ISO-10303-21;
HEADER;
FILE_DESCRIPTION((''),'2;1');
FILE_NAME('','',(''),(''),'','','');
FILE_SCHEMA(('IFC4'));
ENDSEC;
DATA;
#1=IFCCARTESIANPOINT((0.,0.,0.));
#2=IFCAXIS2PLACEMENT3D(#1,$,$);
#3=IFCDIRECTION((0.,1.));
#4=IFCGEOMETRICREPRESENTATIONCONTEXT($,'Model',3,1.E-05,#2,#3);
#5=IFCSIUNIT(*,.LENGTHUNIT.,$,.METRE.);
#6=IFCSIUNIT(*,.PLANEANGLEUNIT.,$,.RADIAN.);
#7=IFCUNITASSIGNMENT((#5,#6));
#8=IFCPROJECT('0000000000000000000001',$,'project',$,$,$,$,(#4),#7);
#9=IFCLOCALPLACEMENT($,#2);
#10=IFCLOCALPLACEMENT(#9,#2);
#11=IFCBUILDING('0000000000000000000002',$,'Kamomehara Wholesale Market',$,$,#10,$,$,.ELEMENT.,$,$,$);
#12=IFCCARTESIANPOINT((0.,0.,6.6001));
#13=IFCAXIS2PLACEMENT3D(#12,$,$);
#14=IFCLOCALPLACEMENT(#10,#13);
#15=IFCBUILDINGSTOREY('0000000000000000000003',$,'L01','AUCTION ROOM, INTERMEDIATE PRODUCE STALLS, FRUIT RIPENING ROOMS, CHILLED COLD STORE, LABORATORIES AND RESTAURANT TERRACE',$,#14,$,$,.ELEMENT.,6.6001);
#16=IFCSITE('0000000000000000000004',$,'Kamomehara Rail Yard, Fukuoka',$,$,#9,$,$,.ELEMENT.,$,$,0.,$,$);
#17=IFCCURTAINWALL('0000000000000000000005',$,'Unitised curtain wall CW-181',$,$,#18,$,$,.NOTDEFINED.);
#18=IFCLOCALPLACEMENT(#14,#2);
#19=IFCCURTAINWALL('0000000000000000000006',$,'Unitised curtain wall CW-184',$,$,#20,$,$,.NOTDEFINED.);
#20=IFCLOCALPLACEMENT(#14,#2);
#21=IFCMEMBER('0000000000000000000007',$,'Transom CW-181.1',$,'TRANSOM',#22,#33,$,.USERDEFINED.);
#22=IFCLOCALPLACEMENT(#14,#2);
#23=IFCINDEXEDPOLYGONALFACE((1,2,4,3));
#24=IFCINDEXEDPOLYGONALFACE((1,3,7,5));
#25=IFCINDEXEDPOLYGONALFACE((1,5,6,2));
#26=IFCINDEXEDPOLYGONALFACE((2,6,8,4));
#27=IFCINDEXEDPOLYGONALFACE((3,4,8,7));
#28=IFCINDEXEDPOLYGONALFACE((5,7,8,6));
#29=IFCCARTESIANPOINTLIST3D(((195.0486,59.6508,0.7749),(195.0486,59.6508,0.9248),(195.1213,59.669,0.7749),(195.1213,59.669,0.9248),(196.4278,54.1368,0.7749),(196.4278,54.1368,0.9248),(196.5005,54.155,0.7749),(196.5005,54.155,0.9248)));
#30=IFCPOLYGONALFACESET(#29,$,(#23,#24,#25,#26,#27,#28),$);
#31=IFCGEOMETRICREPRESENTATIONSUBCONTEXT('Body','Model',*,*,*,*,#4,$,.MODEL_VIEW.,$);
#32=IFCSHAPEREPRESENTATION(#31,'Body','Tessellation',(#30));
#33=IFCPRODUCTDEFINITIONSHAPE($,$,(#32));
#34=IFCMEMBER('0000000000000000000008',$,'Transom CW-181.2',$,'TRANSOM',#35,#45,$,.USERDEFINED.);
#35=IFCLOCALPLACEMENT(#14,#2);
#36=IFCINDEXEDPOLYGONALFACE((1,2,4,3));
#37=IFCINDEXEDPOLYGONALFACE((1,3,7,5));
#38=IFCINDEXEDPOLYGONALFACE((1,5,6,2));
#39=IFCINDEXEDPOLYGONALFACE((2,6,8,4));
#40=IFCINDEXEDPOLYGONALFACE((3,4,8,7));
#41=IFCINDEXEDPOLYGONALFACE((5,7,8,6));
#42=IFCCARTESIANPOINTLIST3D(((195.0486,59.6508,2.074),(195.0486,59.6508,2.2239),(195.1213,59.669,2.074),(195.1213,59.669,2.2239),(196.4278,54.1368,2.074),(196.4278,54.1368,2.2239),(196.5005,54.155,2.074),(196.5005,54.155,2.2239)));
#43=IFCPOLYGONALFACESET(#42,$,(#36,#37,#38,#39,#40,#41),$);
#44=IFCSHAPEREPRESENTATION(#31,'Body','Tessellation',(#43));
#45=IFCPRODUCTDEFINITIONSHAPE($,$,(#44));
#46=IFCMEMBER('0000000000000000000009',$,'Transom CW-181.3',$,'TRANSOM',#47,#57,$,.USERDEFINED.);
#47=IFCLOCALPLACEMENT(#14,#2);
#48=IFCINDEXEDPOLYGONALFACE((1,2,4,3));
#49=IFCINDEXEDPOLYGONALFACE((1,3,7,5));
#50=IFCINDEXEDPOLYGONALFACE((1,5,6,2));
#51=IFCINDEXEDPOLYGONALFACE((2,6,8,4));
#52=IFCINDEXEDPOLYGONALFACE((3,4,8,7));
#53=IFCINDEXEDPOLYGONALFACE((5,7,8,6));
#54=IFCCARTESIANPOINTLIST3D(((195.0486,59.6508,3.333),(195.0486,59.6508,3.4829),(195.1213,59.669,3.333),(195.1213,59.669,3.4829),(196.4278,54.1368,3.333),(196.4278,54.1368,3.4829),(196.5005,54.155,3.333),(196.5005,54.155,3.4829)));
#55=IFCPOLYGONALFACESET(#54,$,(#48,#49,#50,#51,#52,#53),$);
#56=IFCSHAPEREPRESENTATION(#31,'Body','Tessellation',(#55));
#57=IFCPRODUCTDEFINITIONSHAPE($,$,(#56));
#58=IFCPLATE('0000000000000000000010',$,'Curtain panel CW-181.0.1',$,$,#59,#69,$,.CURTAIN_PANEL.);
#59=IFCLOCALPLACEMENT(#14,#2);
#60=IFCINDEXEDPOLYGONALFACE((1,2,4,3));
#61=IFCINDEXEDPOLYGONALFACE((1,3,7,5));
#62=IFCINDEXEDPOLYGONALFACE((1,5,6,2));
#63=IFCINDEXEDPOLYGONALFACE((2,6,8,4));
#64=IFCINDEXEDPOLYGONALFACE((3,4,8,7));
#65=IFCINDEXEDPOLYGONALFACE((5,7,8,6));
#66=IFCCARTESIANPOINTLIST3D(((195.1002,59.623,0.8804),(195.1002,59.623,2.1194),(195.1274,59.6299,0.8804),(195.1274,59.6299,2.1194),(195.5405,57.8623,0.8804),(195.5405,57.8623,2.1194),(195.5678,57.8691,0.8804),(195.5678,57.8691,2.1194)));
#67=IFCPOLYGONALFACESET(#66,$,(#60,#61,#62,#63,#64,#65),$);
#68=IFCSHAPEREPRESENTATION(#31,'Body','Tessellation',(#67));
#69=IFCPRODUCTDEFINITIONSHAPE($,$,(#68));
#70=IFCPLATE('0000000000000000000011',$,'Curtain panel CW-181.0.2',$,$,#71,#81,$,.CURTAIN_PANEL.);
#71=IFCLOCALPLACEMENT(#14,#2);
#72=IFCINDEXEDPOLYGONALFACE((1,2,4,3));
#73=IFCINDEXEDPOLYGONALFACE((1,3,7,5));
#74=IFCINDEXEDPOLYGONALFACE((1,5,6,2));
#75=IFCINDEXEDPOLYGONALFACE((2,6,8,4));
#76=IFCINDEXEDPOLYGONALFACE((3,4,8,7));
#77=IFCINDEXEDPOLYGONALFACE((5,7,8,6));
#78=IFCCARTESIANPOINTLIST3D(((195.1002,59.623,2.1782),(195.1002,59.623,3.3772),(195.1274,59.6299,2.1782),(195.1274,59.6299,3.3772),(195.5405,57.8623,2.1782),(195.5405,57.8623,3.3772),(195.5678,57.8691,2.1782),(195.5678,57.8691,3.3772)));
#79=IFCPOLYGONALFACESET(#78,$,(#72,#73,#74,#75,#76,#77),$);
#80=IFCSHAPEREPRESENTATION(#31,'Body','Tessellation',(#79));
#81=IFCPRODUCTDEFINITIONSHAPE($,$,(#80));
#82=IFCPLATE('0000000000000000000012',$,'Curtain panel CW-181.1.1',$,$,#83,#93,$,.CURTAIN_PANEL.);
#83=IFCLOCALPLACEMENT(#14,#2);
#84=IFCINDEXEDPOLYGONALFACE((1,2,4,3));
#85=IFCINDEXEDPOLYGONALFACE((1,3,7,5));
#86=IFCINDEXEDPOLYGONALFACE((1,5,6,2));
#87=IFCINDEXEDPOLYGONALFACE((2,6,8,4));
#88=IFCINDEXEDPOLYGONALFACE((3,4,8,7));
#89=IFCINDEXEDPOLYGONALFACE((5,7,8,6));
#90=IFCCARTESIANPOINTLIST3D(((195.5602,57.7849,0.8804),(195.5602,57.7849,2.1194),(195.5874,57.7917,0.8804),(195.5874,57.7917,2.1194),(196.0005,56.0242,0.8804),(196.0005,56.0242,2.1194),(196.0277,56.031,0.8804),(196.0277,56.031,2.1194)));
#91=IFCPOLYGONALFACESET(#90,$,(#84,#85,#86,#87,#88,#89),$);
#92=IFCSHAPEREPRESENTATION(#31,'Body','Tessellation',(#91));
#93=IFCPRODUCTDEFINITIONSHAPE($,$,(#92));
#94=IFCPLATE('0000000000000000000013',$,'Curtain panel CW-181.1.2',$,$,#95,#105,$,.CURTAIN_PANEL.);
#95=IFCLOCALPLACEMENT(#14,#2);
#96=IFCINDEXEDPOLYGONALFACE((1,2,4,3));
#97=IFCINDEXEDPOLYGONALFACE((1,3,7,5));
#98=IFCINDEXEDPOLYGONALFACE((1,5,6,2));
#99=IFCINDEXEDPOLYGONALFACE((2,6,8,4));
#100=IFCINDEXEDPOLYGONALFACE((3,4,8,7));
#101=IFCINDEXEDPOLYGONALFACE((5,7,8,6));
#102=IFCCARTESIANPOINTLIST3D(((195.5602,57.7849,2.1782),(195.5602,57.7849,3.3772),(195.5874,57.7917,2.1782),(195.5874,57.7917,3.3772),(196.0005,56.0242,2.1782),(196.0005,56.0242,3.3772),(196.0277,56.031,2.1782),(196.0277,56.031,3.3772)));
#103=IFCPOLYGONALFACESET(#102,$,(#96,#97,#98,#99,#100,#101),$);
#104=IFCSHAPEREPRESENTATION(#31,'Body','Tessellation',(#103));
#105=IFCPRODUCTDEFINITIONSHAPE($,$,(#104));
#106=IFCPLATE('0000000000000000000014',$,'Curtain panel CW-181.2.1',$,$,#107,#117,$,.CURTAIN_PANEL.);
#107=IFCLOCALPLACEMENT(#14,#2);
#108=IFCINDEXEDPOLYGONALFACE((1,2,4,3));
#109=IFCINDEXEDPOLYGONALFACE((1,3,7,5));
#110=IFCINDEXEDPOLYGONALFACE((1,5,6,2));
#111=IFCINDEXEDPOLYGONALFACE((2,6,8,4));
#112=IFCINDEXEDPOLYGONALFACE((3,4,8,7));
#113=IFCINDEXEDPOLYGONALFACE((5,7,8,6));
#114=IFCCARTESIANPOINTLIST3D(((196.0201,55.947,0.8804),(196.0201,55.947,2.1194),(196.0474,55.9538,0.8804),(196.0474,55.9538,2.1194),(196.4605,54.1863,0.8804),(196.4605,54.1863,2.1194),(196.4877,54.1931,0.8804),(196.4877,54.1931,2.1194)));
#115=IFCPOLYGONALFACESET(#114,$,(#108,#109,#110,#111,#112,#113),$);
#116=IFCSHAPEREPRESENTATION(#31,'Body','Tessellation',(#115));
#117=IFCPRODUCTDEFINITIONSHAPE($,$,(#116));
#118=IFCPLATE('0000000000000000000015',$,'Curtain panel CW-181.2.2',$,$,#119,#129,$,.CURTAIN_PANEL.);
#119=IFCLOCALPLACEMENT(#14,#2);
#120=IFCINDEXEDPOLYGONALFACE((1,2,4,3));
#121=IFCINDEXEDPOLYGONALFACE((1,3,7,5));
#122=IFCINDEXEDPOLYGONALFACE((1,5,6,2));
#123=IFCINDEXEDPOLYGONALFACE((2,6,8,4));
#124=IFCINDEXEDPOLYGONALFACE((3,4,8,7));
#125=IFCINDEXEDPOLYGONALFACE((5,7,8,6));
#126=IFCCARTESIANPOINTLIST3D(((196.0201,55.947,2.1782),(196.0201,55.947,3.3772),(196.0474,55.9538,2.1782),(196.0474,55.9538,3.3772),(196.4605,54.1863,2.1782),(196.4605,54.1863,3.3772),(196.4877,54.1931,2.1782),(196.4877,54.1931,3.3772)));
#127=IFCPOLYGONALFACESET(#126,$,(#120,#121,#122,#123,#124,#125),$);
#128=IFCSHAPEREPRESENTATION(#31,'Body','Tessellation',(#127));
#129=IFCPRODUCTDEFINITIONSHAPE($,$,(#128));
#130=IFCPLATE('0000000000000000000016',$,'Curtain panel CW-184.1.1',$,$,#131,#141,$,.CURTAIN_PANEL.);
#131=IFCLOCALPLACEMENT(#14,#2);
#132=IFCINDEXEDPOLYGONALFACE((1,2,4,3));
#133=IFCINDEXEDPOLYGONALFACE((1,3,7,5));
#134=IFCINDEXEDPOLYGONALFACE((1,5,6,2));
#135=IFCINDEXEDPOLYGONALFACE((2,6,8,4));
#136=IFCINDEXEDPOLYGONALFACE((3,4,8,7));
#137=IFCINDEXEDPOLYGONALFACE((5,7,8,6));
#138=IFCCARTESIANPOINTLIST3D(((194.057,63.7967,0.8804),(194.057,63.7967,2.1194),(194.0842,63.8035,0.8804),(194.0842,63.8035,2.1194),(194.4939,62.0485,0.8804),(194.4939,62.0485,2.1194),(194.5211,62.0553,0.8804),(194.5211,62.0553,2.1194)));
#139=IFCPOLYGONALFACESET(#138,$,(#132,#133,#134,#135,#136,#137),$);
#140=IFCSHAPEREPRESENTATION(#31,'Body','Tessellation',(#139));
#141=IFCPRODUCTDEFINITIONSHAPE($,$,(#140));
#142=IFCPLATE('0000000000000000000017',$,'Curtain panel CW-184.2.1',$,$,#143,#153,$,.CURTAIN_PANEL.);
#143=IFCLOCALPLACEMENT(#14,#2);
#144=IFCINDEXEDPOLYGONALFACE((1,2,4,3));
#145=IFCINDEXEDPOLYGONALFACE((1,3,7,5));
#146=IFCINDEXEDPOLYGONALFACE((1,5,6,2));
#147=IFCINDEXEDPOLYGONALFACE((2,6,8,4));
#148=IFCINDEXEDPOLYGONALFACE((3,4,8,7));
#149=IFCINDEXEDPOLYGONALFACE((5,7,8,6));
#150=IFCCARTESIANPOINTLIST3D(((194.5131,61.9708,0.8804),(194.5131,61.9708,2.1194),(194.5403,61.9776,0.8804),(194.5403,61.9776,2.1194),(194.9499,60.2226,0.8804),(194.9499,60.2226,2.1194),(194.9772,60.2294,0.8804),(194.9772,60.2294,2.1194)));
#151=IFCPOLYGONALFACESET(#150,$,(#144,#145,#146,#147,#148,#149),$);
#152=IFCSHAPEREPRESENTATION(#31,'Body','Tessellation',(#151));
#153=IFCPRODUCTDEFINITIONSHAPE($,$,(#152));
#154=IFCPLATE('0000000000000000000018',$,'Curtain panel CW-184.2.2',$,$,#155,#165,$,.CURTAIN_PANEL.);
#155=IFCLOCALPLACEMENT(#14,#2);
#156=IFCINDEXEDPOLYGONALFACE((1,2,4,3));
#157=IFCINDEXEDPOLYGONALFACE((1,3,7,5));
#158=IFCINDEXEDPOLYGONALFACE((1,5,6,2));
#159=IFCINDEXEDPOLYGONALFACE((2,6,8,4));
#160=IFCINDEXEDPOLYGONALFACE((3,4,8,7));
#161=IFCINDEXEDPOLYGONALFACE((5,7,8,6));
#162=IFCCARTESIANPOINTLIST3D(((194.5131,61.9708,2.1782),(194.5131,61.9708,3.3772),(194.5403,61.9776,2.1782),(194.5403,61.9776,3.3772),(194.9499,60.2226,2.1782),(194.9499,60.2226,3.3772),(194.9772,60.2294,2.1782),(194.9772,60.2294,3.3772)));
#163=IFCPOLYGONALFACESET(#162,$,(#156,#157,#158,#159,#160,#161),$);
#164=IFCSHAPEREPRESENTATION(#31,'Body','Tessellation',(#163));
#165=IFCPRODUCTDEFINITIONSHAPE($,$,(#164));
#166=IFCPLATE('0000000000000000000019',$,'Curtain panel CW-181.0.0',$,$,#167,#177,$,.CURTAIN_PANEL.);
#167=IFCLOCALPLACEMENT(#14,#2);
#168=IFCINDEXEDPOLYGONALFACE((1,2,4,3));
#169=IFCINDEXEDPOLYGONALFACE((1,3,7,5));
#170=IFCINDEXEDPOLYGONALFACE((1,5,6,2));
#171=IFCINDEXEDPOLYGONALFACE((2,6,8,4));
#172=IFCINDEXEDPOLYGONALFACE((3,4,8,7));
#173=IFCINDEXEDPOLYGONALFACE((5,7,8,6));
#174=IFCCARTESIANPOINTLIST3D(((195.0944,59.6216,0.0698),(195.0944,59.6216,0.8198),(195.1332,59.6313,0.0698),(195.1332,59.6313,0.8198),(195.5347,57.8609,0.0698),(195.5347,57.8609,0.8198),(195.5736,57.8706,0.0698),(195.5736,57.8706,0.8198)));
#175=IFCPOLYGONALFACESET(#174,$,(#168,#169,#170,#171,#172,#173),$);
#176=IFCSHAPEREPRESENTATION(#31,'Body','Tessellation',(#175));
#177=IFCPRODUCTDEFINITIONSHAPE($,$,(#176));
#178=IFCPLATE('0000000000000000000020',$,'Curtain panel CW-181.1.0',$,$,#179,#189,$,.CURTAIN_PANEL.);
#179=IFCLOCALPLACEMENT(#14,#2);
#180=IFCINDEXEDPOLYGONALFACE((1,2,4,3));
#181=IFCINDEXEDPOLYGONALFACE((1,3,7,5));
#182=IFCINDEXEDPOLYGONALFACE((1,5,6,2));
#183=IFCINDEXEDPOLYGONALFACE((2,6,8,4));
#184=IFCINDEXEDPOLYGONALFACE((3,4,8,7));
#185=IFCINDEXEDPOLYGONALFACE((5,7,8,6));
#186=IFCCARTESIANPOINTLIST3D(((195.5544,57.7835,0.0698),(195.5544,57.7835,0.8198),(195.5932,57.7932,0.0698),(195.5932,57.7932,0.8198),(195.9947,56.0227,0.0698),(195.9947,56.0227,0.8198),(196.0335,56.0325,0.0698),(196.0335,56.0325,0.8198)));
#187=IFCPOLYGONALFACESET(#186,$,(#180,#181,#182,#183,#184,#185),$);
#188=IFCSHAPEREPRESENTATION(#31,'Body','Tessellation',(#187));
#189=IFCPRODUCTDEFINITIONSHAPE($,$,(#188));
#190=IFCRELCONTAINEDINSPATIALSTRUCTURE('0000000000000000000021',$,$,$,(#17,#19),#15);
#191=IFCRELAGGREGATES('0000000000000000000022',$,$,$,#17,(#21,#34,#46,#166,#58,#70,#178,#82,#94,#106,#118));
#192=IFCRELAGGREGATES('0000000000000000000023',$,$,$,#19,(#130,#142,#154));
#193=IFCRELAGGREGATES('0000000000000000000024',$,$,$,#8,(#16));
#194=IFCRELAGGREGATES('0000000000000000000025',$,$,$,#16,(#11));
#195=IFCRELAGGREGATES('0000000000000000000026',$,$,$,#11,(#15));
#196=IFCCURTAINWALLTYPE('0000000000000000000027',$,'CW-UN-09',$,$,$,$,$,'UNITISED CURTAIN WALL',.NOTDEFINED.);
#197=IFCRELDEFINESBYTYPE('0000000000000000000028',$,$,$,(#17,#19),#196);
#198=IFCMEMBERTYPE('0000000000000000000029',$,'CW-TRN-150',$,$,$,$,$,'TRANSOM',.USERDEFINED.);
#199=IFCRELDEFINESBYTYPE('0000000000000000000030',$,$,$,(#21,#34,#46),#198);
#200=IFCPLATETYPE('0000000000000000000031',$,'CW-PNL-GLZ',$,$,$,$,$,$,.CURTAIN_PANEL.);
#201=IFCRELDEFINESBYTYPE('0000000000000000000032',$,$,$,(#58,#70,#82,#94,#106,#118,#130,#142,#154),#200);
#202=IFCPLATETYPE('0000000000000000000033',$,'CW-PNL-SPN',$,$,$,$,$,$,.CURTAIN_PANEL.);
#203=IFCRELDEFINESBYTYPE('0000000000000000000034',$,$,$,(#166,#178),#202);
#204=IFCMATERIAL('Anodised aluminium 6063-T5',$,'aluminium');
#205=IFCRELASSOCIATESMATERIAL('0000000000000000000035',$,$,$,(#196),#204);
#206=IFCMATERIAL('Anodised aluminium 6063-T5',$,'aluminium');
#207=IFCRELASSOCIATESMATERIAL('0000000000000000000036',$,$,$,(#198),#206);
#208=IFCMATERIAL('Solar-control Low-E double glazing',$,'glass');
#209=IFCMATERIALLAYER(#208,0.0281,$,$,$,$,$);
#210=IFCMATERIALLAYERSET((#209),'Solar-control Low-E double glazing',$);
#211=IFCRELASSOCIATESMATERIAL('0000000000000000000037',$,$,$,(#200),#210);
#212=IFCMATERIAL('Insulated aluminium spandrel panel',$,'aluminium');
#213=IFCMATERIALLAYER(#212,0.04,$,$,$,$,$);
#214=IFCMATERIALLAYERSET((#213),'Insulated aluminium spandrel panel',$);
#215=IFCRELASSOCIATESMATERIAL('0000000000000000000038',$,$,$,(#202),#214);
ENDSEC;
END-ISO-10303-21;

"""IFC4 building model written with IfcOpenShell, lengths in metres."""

from ifc_helpers import new_model, si_unit, direction, frame, origin, origin_2d, place, context, subcontext, project, spatial, rectangle, extrude, material, layer, layer_set, material_profile, profile_set, type_object, element, aggregate, save


model = new_model("IFC4")

# Units and contexts
model_context = context("Model", 3, precision=1e-05, world=origin(), true_north=direction((0.0, 1.0)))
body_context = subcontext(model_context, "Body", "Model", "MODEL_VIEW")
ifc_project = project(units=[si_unit("LENGTHUNIT", "METRE"), si_unit("PLANEANGLEUNIT", "RADIAN")], contexts=[model_context])

# Site, building, storey
site_placement = place(None, origin())
site = spatial("IfcSite", under=ifc_project, at=site_placement, Name="Kamomehara Rail Yard, Fukuoka", CompositionType="ELEMENT", RefElevation=0.0)
building_placement = place(site_placement, origin())
building = spatial("IfcBuilding", under=site, at=building_placement, Name="Kamomehara Wholesale Market", CompositionType="ELEMENT")
storey_placement = place(building_placement, frame((0.0, 0.0, 6.6001)))
storey = spatial("IfcBuildingStorey", under=building, at=storey_placement, Name="L01", Description="AUCTION ROOM, INTERMEDIATE PRODUCE STALLS, FRUIT RIPENING ROOMS, CHILLED COLD STORE, LABORATORIES AND RESTAURANT TERRACE", CompositionType="ELEMENT", Elevation=6.6001)

# Curtain walls
ifc_material_1 = material(Name="Anodised aluminium 6063-T5", Category="aluminium")
curtain_wall_type = type_object("IfcCurtainWallType", Name="CW-UN-09", ElementType="UNITISED CURTAIN WALL", PredefinedType="NOTDEFINED", material=ifc_material_1)
curtain_wall_1_placement = place(storey_placement, origin())
curtain_wall_1 = element("IfcCurtainWall", 1, at=curtain_wall_1_placement, inside=storey, type_object=curtain_wall_type, Name="Unitised curtain wall CW-181", PredefinedType="NOTDEFINED")
curtain_wall_2_placement = place(storey_placement, origin())
curtain_wall_2 = element("IfcCurtainWall", 2, at=curtain_wall_2_placement, inside=storey, type_object=curtain_wall_type, Name="Unitised curtain wall CW-184", PredefinedType="NOTDEFINED")

# Members
ifc_material_2 = material(Name="Anodised aluminium 6063-T5", Category="aluminium")
ifc_material_profile_1 = material_profile(ifc_material_2, rectangle(XDim=0.075, YDim=0.1499, at=origin_2d()), Name="ALU-TRN-75x150")
ifc_profile_set_1 = profile_set([ifc_material_profile_1], Name="Anodised aluminium 6063-T5")
member_type_1 = type_object("IfcMemberType", Name="CW-TRN-150", ElementType="TRANSOM", PredefinedType="USERDEFINED", material=ifc_profile_set_1)
member_1_placement = place(storey_placement, frame((195.085, 59.6599, 0.8499), z_axis=(0.242647, -0.970115, 0.0), x_axis=(0.970115, 0.242647, 0.0)))
member_1 = element("IfcMember", 3, at=member_1_placement, type_object=member_type_1, Name="Transom CW-181.1", ObjectType="TRANSOM", PredefinedType="USERDEFINED", context=body_context, shape_type="SweptSolid", body=[
    extrude(rectangle(XDim=0.075, YDim=0.1499, at=origin_2d()), origin(), (0.0, 0.0, 1.0), 5.6838),
])
member_2_placement = place(storey_placement, frame((195.085, 59.6599, 2.1489), z_axis=(0.242647, -0.970115, 0.0), x_axis=(0.970115, 0.242647, 0.0)))
member_2 = element("IfcMember", 4, at=member_2_placement, type_object=member_type_1, Name="Transom CW-181.2", ObjectType="TRANSOM", PredefinedType="USERDEFINED", context=body_context, shape_type="SweptSolid", body=[
    extrude(rectangle(XDim=0.075, YDim=0.1499, at=origin_2d()), origin(), (0.0, 0.0, 1.0), 5.6838),
])
member_3_placement = place(storey_placement, frame((195.085, 59.6599, 3.408), z_axis=(0.242647, -0.970115, 0.0), x_axis=(0.970115, 0.242647, 0.0)))
member_3 = element("IfcMember", 5, at=member_3_placement, type_object=member_type_1, Name="Transom CW-181.3", ObjectType="TRANSOM", PredefinedType="USERDEFINED", context=body_context, shape_type="SweptSolid", body=[
    extrude(rectangle(XDim=0.075, YDim=0.1499, at=origin_2d()), origin(), (0.0, 0.0, 1.0), 5.6838),
])

# Plates
ifc_material_3 = material(Name="Solar-control Low-E double glazing", Category="glass")
ifc_layer_1 = layer(ifc_material_3, 0.0281)
ifc_layer_set_1 = layer_set([ifc_layer_1], Name="Solar-control Low-E double glazing")
plate_type_1 = type_object("IfcPlateType", Name="CW-PNL-GLZ", PredefinedType="CURTAIN_PANEL", material=ifc_layer_set_1)
plate_1_placement = place(storey_placement, frame((195.334, 58.7461, 0.8804), z_axis=(0.0, 0.0, 1.0), x_axis=(0.242616, -0.970122, 0.0)))
plate_1 = element("IfcPlate", 6, at=plate_1_placement, type_object=plate_type_1, Name="Curtain panel CW-181.0.1", PredefinedType="CURTAIN_PANEL", context=body_context, shape_type="SweptSolid", body=[
    extrude(rectangle(XDim=1.8149, YDim=0.0281, at=origin_2d()), origin(), (0.0, 0.0, 1.0), 1.239),
])
plate_2_placement = place(storey_placement, frame((195.334, 58.7461, 2.1782), z_axis=(0.0, 0.0, 1.0), x_axis=(0.242616, -0.970122, 0.0)))
plate_2 = element("IfcPlate", 7, at=plate_2_placement, type_object=plate_type_1, Name="Curtain panel CW-181.0.2", PredefinedType="CURTAIN_PANEL", context=body_context, shape_type="SweptSolid", body=[
    extrude(rectangle(XDim=1.8149, YDim=0.0281, at=origin_2d()), origin(), (0.0, 0.0, 1.0), 1.199),
])
plate_3_placement = place(storey_placement, frame((195.7939, 56.908, 0.8804), z_axis=(0.0, 0.0, 1.0), x_axis=(0.242616, -0.970122, 0.0)))
plate_3 = element("IfcPlate", 8, at=plate_3_placement, type_object=plate_type_1, Name="Curtain panel CW-181.1.1", PredefinedType="CURTAIN_PANEL", context=body_context, shape_type="SweptSolid", body=[
    extrude(rectangle(XDim=1.8149, YDim=0.0281, at=origin_2d()), origin(), (0.0, 0.0, 1.0), 1.239),
])
plate_4_placement = place(storey_placement, frame((195.7939, 56.908, 2.1782), z_axis=(0.0, 0.0, 1.0), x_axis=(0.242616, -0.970122, 0.0)))
plate_4 = element("IfcPlate", 9, at=plate_4_placement, type_object=plate_type_1, Name="Curtain panel CW-181.1.2", PredefinedType="CURTAIN_PANEL", context=body_context, shape_type="SweptSolid", body=[
    extrude(rectangle(XDim=1.8149, YDim=0.0281, at=origin_2d()), origin(), (0.0, 0.0, 1.0), 1.199),
])
plate_5_placement = place(storey_placement, frame((196.2539, 55.0701, 0.8804), z_axis=(0.0, 0.0, 1.0), x_axis=(0.242616, -0.970122, 0.0)))
plate_5 = element("IfcPlate", 10, at=plate_5_placement, type_object=plate_type_1, Name="Curtain panel CW-181.2.1", PredefinedType="CURTAIN_PANEL", context=body_context, shape_type="SweptSolid", body=[
    extrude(rectangle(XDim=1.8149, YDim=0.0281, at=origin_2d()), origin(), (0.0, 0.0, 1.0), 1.239),
])
plate_6_placement = place(storey_placement, frame((196.2539, 55.0701, 2.1782), z_axis=(0.0, 0.0, 1.0), x_axis=(0.242616, -0.970122, 0.0)))
plate_6 = element("IfcPlate", 11, at=plate_6_placement, type_object=plate_type_1, Name="Curtain panel CW-181.2.2", PredefinedType="CURTAIN_PANEL", context=body_context, shape_type="SweptSolid", body=[
    extrude(rectangle(XDim=1.8149, YDim=0.0281, at=origin_2d()), origin(), (0.0, 0.0, 1.0), 1.199),
])
plate_7_placement = place(storey_placement, frame((194.2891, 62.926, 0.8804), z_axis=(0.0, 0.0, 1.0), x_axis=(0.242447, -0.970165, 0.0)))
plate_7 = element("IfcPlate", 12, at=plate_7_placement, type_object=plate_type_1, Name="Curtain panel CW-184.1.1", PredefinedType="CURTAIN_PANEL", context=body_context, shape_type="SweptSolid", body=[
    extrude(rectangle(XDim=1.802, YDim=0.0281, at=origin_2d()), origin(), (0.0, 0.0, 1.0), 1.239),
])
plate_8_placement = place(storey_placement, frame((194.7451, 61.1001, 0.8804), z_axis=(0.0, 0.0, 1.0), x_axis=(0.242447, -0.970165, 0.0)))
plate_8 = element("IfcPlate", 13, at=plate_8_placement, type_object=plate_type_1, Name="Curtain panel CW-184.2.1", PredefinedType="CURTAIN_PANEL", context=body_context, shape_type="SweptSolid", body=[
    extrude(rectangle(XDim=1.802, YDim=0.0281, at=origin_2d()), origin(), (0.0, 0.0, 1.0), 1.239),
])
plate_9_placement = place(storey_placement, frame((194.7451, 61.1001, 2.1782), z_axis=(0.0, 0.0, 1.0), x_axis=(0.242447, -0.970165, 0.0)))
plate_9 = element("IfcPlate", 14, at=plate_9_placement, type_object=plate_type_1, Name="Curtain panel CW-184.2.2", PredefinedType="CURTAIN_PANEL", context=body_context, shape_type="SweptSolid", body=[
    extrude(rectangle(XDim=1.802, YDim=0.0281, at=origin_2d()), origin(), (0.0, 0.0, 1.0), 1.199),
])
ifc_material_4 = material(Name="Insulated aluminium spandrel panel", Category="aluminium")
ifc_layer_2 = layer(ifc_material_4, 0.04)
ifc_layer_set_2 = layer_set([ifc_layer_2], Name="Insulated aluminium spandrel panel")
plate_type_2 = type_object("IfcPlateType", Name="CW-PNL-SPN", PredefinedType="CURTAIN_PANEL", material=ifc_layer_set_2)
plate_10_placement = place(storey_placement, frame((195.334, 58.7461, 0.0698), z_axis=(0.0, 0.0, 1.0), x_axis=(0.242616, -0.970122, 0.0)))
plate_10 = element("IfcPlate", 15, at=plate_10_placement, type_object=plate_type_2, Name="Curtain panel CW-181.0.0", PredefinedType="CURTAIN_PANEL", context=body_context, shape_type="SweptSolid", body=[
    extrude(rectangle(XDim=1.8149, YDim=0.04, at=origin_2d()), origin(), (0.0, 0.0, 1.0), 0.75),
])
plate_11_placement = place(storey_placement, frame((195.7939, 56.908, 0.0698), z_axis=(0.0, 0.0, 1.0), x_axis=(0.242616, -0.970122, 0.0)))
plate_11 = element("IfcPlate", 16, at=plate_11_placement, type_object=plate_type_2, Name="Curtain panel CW-181.1.0", PredefinedType="CURTAIN_PANEL", context=body_context, shape_type="SweptSolid", body=[
    extrude(rectangle(XDim=1.8149, YDim=0.04, at=origin_2d()), origin(), (0.0, 0.0, 1.0), 0.75),
])
aggregate(curtain_wall_1, [member_1, member_2, member_3, plate_10, plate_1, plate_2, plate_11, plate_3, plate_4, plate_5, plate_6])
aggregate(curtain_wall_2, [plate_7, plate_8, plate_9])

save(model, "model.ifc")
